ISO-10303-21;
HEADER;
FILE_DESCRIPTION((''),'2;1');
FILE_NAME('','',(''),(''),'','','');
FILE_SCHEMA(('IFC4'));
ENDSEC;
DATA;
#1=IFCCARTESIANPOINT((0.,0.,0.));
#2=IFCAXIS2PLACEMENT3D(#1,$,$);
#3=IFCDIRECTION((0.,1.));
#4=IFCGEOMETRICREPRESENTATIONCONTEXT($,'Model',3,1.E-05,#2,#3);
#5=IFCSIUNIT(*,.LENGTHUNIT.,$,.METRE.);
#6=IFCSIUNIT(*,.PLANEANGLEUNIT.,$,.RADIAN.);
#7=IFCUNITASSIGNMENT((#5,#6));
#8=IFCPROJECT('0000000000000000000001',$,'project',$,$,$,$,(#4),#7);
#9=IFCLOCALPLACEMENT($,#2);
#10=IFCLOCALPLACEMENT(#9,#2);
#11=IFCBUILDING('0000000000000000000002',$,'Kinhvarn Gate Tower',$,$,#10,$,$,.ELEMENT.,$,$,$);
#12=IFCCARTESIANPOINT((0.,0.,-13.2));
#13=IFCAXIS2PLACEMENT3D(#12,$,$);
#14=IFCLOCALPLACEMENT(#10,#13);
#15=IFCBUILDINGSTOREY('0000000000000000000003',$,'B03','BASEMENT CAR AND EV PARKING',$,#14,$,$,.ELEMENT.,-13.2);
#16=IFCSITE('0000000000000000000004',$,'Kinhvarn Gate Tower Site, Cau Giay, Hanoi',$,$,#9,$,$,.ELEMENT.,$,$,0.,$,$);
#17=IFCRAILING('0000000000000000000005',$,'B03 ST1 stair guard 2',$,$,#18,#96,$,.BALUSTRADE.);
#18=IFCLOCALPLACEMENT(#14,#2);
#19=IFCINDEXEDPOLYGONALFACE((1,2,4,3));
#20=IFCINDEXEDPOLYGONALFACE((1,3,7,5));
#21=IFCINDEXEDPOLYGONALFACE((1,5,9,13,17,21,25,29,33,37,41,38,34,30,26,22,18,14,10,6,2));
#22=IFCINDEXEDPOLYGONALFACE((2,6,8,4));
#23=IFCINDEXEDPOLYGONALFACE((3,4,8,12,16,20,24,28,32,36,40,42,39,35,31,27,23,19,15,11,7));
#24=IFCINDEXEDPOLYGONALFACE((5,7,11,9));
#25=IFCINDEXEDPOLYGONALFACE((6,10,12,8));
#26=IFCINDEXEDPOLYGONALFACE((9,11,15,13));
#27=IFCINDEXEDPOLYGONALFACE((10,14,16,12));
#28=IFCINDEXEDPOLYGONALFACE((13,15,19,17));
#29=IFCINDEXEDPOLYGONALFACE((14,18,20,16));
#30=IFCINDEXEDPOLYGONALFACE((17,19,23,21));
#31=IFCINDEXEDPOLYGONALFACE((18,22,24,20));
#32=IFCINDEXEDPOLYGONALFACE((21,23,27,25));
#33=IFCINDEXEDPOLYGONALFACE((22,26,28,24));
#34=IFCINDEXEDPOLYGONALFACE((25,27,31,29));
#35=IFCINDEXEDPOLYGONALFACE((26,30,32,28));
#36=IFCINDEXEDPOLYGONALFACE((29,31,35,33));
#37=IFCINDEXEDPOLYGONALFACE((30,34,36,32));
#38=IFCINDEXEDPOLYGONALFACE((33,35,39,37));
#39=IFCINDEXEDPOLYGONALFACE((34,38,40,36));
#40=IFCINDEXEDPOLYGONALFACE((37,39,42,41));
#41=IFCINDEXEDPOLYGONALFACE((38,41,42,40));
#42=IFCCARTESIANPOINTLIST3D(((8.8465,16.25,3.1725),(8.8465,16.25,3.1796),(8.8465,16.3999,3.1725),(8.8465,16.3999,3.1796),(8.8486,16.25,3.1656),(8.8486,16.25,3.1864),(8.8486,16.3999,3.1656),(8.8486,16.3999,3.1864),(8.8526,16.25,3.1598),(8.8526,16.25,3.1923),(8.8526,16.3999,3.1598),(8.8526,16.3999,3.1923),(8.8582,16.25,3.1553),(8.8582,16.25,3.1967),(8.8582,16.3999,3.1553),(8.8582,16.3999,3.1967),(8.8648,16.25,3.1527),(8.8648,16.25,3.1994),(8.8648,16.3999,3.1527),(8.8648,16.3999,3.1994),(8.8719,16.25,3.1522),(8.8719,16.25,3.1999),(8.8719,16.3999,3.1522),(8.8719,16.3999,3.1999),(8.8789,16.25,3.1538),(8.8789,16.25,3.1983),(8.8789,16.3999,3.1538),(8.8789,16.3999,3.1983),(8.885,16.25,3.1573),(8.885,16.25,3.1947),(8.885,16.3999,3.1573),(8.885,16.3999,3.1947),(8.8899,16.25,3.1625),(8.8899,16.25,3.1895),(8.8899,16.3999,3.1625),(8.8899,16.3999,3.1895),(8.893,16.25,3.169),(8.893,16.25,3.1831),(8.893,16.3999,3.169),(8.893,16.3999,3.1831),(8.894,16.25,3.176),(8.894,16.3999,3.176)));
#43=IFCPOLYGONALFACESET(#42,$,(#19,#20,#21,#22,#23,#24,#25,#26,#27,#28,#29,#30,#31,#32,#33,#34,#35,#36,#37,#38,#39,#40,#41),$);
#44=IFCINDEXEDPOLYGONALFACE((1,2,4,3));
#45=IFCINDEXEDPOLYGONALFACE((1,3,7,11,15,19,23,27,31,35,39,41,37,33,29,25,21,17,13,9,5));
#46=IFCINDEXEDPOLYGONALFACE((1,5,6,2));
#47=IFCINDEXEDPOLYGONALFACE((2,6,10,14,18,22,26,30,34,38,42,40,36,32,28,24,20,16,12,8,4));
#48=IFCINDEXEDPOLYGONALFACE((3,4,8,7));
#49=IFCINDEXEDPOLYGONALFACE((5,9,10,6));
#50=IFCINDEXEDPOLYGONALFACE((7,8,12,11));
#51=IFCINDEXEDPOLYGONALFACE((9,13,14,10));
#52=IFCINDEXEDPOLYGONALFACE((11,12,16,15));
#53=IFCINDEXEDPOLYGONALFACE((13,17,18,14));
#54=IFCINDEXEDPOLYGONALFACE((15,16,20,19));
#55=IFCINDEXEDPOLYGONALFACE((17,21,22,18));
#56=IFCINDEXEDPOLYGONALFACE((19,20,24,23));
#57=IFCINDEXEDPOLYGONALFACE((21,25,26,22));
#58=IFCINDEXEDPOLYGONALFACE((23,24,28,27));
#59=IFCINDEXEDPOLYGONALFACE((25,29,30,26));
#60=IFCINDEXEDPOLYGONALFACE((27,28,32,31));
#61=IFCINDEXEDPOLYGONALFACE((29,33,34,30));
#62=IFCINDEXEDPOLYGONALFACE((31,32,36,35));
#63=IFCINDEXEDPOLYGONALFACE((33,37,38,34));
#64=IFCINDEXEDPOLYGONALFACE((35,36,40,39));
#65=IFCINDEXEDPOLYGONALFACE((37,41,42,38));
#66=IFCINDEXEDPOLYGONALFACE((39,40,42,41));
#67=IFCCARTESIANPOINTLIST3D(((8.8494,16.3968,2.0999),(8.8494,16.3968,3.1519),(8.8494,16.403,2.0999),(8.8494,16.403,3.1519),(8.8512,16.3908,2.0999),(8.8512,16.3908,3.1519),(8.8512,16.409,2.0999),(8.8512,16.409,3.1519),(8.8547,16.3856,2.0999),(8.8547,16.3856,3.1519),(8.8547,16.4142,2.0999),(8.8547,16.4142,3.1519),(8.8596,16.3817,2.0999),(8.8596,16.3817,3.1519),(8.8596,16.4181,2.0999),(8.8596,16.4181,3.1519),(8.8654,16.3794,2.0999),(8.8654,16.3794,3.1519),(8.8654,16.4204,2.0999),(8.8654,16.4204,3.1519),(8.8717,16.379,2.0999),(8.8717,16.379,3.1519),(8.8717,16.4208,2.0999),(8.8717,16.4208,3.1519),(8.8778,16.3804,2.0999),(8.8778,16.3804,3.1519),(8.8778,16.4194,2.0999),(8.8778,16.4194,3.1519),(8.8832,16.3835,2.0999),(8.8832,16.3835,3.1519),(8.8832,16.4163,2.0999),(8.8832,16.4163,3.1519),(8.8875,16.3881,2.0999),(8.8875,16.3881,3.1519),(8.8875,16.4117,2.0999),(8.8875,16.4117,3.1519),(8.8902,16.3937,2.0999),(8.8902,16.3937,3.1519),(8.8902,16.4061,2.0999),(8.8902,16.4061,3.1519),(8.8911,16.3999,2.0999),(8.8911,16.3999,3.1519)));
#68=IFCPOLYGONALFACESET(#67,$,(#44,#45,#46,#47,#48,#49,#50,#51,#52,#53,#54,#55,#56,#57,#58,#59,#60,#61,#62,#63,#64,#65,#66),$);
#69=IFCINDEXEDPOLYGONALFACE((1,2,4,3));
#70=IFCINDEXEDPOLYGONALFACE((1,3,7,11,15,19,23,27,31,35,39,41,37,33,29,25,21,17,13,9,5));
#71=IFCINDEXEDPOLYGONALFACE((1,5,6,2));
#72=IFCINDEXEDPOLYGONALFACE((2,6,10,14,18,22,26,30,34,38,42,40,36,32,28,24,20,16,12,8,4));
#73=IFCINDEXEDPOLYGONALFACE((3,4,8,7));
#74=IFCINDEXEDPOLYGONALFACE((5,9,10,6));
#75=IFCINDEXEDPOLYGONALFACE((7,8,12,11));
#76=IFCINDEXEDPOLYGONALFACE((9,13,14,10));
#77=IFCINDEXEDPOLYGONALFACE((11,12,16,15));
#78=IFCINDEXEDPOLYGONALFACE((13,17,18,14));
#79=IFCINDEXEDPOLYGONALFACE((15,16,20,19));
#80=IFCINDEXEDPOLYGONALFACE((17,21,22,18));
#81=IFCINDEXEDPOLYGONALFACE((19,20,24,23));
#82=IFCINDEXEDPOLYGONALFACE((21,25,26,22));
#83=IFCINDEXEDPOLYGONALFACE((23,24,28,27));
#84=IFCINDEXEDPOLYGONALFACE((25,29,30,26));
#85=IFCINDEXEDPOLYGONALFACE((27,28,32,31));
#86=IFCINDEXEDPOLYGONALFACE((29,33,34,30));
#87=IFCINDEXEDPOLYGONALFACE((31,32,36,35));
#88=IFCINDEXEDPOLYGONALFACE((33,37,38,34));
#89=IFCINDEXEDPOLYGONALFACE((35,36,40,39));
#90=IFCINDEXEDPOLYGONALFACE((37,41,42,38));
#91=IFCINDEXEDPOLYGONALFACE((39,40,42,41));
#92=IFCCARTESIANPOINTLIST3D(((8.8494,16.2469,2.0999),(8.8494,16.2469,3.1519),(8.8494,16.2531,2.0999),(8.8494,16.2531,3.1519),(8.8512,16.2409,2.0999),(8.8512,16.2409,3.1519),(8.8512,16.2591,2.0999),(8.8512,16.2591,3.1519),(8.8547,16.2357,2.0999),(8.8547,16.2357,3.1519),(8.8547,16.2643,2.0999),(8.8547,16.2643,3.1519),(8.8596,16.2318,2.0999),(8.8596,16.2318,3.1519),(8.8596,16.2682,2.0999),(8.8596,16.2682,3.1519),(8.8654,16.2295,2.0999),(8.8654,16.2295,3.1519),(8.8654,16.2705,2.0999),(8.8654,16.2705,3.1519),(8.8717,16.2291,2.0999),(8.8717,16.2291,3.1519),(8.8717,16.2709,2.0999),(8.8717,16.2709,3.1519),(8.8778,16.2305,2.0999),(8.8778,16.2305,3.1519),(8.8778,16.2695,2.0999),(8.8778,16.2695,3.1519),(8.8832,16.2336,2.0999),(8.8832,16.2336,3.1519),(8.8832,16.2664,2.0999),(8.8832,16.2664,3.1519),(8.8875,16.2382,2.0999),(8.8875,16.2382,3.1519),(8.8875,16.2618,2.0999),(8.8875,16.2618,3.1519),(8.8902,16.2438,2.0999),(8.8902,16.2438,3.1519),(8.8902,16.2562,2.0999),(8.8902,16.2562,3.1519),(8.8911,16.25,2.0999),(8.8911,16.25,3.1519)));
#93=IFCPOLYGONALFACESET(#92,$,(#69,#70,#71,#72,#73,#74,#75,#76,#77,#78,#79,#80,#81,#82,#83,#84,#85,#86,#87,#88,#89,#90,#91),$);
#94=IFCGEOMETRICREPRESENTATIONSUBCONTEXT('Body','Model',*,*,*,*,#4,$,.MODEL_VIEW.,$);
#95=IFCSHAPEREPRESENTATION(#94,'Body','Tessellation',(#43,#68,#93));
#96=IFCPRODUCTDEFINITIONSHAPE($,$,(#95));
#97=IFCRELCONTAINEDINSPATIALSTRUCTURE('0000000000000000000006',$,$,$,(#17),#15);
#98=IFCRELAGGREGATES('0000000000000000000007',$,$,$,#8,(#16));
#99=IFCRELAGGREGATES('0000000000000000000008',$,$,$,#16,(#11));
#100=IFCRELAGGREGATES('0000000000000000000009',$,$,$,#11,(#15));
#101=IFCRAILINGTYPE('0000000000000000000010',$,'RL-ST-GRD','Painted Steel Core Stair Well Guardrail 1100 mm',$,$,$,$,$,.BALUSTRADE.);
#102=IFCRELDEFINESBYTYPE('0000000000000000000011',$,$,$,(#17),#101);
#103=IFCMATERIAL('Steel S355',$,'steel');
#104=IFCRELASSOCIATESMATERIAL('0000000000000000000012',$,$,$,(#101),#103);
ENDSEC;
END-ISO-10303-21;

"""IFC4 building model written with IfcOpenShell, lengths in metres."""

from ifc_helpers import new_model, si_unit, direction, frame, origin, origin_2d, place, context, subcontext, project, spatial, circle, extrude, material, type_object, element, save


model = new_model("IFC4")

# Units and contexts
model_context = context("Model", 3, precision=1e-05, world=origin(), true_north=direction((0.0, 1.0)))
body_context = subcontext(model_context, "Body", "Model", "MODEL_VIEW")
ifc_project = project(units=[si_unit("LENGTHUNIT", "METRE"), si_unit("PLANEANGLEUNIT", "RADIAN")], contexts=[model_context])

# Site, building, storey
site_placement = place(None, origin())
site = spatial("IfcSite", under=ifc_project, at=site_placement, Name="Kinhvarn Gate Tower Site, Cau Giay, Hanoi", CompositionType="ELEMENT", RefElevation=0.0)
building_placement = place(site_placement, origin())
building = spatial("IfcBuilding", under=site, at=building_placement, Name="Kinhvarn Gate Tower", CompositionType="ELEMENT")
storey_placement = place(building_placement, frame((0.0, 0.0, -13.2)))
storey = spatial("IfcBuildingStorey", under=building, at=storey_placement, Name="B03", Description="BASEMENT CAR AND EV PARKING", CompositionType="ELEMENT", Elevation=-13.2)

# Shared definitions
ifc_material_1 = material(Name="Steel S355", Category="steel")

# Railing
railing_type_1 = type_object("IfcRailingType", Name="RL-ST-GRD", Description="Painted Steel Core Stair Well Guardrail 1100 mm", PredefinedType="BALUSTRADE", material=ifc_material_1)
railing_1_placement = place(storey_placement, frame((8.8701, 16.3999, 2.0999)))
element("IfcRailing", 1, at=railing_1_placement, inside=storey, type_object=railing_type_1, Name="B03 ST1 stair guard 2", PredefinedType="BALUSTRADE", context=body_context, shape_type="SweptSolid", body=[
    extrude(circle(Radius=0.0239, at=origin_2d()), frame((0.0, 0.0, 1.0762), z_axis=(0.0, -1.0, 0.0), x_axis=(1.0, 0.0, 0.0)), (0.0, 0.0, 1.0), 0.1499),
    extrude(circle(Radius=0.021, at=origin_2d()), origin(), (0.0, 0.0, 1.0), 1.052),
    extrude(circle(Radius=0.021, at=origin_2d()), frame((0.0, -0.1499, 0.0)), (0.0, 0.0, 1.0), 1.052),
])

save(model, "model.ifc")
